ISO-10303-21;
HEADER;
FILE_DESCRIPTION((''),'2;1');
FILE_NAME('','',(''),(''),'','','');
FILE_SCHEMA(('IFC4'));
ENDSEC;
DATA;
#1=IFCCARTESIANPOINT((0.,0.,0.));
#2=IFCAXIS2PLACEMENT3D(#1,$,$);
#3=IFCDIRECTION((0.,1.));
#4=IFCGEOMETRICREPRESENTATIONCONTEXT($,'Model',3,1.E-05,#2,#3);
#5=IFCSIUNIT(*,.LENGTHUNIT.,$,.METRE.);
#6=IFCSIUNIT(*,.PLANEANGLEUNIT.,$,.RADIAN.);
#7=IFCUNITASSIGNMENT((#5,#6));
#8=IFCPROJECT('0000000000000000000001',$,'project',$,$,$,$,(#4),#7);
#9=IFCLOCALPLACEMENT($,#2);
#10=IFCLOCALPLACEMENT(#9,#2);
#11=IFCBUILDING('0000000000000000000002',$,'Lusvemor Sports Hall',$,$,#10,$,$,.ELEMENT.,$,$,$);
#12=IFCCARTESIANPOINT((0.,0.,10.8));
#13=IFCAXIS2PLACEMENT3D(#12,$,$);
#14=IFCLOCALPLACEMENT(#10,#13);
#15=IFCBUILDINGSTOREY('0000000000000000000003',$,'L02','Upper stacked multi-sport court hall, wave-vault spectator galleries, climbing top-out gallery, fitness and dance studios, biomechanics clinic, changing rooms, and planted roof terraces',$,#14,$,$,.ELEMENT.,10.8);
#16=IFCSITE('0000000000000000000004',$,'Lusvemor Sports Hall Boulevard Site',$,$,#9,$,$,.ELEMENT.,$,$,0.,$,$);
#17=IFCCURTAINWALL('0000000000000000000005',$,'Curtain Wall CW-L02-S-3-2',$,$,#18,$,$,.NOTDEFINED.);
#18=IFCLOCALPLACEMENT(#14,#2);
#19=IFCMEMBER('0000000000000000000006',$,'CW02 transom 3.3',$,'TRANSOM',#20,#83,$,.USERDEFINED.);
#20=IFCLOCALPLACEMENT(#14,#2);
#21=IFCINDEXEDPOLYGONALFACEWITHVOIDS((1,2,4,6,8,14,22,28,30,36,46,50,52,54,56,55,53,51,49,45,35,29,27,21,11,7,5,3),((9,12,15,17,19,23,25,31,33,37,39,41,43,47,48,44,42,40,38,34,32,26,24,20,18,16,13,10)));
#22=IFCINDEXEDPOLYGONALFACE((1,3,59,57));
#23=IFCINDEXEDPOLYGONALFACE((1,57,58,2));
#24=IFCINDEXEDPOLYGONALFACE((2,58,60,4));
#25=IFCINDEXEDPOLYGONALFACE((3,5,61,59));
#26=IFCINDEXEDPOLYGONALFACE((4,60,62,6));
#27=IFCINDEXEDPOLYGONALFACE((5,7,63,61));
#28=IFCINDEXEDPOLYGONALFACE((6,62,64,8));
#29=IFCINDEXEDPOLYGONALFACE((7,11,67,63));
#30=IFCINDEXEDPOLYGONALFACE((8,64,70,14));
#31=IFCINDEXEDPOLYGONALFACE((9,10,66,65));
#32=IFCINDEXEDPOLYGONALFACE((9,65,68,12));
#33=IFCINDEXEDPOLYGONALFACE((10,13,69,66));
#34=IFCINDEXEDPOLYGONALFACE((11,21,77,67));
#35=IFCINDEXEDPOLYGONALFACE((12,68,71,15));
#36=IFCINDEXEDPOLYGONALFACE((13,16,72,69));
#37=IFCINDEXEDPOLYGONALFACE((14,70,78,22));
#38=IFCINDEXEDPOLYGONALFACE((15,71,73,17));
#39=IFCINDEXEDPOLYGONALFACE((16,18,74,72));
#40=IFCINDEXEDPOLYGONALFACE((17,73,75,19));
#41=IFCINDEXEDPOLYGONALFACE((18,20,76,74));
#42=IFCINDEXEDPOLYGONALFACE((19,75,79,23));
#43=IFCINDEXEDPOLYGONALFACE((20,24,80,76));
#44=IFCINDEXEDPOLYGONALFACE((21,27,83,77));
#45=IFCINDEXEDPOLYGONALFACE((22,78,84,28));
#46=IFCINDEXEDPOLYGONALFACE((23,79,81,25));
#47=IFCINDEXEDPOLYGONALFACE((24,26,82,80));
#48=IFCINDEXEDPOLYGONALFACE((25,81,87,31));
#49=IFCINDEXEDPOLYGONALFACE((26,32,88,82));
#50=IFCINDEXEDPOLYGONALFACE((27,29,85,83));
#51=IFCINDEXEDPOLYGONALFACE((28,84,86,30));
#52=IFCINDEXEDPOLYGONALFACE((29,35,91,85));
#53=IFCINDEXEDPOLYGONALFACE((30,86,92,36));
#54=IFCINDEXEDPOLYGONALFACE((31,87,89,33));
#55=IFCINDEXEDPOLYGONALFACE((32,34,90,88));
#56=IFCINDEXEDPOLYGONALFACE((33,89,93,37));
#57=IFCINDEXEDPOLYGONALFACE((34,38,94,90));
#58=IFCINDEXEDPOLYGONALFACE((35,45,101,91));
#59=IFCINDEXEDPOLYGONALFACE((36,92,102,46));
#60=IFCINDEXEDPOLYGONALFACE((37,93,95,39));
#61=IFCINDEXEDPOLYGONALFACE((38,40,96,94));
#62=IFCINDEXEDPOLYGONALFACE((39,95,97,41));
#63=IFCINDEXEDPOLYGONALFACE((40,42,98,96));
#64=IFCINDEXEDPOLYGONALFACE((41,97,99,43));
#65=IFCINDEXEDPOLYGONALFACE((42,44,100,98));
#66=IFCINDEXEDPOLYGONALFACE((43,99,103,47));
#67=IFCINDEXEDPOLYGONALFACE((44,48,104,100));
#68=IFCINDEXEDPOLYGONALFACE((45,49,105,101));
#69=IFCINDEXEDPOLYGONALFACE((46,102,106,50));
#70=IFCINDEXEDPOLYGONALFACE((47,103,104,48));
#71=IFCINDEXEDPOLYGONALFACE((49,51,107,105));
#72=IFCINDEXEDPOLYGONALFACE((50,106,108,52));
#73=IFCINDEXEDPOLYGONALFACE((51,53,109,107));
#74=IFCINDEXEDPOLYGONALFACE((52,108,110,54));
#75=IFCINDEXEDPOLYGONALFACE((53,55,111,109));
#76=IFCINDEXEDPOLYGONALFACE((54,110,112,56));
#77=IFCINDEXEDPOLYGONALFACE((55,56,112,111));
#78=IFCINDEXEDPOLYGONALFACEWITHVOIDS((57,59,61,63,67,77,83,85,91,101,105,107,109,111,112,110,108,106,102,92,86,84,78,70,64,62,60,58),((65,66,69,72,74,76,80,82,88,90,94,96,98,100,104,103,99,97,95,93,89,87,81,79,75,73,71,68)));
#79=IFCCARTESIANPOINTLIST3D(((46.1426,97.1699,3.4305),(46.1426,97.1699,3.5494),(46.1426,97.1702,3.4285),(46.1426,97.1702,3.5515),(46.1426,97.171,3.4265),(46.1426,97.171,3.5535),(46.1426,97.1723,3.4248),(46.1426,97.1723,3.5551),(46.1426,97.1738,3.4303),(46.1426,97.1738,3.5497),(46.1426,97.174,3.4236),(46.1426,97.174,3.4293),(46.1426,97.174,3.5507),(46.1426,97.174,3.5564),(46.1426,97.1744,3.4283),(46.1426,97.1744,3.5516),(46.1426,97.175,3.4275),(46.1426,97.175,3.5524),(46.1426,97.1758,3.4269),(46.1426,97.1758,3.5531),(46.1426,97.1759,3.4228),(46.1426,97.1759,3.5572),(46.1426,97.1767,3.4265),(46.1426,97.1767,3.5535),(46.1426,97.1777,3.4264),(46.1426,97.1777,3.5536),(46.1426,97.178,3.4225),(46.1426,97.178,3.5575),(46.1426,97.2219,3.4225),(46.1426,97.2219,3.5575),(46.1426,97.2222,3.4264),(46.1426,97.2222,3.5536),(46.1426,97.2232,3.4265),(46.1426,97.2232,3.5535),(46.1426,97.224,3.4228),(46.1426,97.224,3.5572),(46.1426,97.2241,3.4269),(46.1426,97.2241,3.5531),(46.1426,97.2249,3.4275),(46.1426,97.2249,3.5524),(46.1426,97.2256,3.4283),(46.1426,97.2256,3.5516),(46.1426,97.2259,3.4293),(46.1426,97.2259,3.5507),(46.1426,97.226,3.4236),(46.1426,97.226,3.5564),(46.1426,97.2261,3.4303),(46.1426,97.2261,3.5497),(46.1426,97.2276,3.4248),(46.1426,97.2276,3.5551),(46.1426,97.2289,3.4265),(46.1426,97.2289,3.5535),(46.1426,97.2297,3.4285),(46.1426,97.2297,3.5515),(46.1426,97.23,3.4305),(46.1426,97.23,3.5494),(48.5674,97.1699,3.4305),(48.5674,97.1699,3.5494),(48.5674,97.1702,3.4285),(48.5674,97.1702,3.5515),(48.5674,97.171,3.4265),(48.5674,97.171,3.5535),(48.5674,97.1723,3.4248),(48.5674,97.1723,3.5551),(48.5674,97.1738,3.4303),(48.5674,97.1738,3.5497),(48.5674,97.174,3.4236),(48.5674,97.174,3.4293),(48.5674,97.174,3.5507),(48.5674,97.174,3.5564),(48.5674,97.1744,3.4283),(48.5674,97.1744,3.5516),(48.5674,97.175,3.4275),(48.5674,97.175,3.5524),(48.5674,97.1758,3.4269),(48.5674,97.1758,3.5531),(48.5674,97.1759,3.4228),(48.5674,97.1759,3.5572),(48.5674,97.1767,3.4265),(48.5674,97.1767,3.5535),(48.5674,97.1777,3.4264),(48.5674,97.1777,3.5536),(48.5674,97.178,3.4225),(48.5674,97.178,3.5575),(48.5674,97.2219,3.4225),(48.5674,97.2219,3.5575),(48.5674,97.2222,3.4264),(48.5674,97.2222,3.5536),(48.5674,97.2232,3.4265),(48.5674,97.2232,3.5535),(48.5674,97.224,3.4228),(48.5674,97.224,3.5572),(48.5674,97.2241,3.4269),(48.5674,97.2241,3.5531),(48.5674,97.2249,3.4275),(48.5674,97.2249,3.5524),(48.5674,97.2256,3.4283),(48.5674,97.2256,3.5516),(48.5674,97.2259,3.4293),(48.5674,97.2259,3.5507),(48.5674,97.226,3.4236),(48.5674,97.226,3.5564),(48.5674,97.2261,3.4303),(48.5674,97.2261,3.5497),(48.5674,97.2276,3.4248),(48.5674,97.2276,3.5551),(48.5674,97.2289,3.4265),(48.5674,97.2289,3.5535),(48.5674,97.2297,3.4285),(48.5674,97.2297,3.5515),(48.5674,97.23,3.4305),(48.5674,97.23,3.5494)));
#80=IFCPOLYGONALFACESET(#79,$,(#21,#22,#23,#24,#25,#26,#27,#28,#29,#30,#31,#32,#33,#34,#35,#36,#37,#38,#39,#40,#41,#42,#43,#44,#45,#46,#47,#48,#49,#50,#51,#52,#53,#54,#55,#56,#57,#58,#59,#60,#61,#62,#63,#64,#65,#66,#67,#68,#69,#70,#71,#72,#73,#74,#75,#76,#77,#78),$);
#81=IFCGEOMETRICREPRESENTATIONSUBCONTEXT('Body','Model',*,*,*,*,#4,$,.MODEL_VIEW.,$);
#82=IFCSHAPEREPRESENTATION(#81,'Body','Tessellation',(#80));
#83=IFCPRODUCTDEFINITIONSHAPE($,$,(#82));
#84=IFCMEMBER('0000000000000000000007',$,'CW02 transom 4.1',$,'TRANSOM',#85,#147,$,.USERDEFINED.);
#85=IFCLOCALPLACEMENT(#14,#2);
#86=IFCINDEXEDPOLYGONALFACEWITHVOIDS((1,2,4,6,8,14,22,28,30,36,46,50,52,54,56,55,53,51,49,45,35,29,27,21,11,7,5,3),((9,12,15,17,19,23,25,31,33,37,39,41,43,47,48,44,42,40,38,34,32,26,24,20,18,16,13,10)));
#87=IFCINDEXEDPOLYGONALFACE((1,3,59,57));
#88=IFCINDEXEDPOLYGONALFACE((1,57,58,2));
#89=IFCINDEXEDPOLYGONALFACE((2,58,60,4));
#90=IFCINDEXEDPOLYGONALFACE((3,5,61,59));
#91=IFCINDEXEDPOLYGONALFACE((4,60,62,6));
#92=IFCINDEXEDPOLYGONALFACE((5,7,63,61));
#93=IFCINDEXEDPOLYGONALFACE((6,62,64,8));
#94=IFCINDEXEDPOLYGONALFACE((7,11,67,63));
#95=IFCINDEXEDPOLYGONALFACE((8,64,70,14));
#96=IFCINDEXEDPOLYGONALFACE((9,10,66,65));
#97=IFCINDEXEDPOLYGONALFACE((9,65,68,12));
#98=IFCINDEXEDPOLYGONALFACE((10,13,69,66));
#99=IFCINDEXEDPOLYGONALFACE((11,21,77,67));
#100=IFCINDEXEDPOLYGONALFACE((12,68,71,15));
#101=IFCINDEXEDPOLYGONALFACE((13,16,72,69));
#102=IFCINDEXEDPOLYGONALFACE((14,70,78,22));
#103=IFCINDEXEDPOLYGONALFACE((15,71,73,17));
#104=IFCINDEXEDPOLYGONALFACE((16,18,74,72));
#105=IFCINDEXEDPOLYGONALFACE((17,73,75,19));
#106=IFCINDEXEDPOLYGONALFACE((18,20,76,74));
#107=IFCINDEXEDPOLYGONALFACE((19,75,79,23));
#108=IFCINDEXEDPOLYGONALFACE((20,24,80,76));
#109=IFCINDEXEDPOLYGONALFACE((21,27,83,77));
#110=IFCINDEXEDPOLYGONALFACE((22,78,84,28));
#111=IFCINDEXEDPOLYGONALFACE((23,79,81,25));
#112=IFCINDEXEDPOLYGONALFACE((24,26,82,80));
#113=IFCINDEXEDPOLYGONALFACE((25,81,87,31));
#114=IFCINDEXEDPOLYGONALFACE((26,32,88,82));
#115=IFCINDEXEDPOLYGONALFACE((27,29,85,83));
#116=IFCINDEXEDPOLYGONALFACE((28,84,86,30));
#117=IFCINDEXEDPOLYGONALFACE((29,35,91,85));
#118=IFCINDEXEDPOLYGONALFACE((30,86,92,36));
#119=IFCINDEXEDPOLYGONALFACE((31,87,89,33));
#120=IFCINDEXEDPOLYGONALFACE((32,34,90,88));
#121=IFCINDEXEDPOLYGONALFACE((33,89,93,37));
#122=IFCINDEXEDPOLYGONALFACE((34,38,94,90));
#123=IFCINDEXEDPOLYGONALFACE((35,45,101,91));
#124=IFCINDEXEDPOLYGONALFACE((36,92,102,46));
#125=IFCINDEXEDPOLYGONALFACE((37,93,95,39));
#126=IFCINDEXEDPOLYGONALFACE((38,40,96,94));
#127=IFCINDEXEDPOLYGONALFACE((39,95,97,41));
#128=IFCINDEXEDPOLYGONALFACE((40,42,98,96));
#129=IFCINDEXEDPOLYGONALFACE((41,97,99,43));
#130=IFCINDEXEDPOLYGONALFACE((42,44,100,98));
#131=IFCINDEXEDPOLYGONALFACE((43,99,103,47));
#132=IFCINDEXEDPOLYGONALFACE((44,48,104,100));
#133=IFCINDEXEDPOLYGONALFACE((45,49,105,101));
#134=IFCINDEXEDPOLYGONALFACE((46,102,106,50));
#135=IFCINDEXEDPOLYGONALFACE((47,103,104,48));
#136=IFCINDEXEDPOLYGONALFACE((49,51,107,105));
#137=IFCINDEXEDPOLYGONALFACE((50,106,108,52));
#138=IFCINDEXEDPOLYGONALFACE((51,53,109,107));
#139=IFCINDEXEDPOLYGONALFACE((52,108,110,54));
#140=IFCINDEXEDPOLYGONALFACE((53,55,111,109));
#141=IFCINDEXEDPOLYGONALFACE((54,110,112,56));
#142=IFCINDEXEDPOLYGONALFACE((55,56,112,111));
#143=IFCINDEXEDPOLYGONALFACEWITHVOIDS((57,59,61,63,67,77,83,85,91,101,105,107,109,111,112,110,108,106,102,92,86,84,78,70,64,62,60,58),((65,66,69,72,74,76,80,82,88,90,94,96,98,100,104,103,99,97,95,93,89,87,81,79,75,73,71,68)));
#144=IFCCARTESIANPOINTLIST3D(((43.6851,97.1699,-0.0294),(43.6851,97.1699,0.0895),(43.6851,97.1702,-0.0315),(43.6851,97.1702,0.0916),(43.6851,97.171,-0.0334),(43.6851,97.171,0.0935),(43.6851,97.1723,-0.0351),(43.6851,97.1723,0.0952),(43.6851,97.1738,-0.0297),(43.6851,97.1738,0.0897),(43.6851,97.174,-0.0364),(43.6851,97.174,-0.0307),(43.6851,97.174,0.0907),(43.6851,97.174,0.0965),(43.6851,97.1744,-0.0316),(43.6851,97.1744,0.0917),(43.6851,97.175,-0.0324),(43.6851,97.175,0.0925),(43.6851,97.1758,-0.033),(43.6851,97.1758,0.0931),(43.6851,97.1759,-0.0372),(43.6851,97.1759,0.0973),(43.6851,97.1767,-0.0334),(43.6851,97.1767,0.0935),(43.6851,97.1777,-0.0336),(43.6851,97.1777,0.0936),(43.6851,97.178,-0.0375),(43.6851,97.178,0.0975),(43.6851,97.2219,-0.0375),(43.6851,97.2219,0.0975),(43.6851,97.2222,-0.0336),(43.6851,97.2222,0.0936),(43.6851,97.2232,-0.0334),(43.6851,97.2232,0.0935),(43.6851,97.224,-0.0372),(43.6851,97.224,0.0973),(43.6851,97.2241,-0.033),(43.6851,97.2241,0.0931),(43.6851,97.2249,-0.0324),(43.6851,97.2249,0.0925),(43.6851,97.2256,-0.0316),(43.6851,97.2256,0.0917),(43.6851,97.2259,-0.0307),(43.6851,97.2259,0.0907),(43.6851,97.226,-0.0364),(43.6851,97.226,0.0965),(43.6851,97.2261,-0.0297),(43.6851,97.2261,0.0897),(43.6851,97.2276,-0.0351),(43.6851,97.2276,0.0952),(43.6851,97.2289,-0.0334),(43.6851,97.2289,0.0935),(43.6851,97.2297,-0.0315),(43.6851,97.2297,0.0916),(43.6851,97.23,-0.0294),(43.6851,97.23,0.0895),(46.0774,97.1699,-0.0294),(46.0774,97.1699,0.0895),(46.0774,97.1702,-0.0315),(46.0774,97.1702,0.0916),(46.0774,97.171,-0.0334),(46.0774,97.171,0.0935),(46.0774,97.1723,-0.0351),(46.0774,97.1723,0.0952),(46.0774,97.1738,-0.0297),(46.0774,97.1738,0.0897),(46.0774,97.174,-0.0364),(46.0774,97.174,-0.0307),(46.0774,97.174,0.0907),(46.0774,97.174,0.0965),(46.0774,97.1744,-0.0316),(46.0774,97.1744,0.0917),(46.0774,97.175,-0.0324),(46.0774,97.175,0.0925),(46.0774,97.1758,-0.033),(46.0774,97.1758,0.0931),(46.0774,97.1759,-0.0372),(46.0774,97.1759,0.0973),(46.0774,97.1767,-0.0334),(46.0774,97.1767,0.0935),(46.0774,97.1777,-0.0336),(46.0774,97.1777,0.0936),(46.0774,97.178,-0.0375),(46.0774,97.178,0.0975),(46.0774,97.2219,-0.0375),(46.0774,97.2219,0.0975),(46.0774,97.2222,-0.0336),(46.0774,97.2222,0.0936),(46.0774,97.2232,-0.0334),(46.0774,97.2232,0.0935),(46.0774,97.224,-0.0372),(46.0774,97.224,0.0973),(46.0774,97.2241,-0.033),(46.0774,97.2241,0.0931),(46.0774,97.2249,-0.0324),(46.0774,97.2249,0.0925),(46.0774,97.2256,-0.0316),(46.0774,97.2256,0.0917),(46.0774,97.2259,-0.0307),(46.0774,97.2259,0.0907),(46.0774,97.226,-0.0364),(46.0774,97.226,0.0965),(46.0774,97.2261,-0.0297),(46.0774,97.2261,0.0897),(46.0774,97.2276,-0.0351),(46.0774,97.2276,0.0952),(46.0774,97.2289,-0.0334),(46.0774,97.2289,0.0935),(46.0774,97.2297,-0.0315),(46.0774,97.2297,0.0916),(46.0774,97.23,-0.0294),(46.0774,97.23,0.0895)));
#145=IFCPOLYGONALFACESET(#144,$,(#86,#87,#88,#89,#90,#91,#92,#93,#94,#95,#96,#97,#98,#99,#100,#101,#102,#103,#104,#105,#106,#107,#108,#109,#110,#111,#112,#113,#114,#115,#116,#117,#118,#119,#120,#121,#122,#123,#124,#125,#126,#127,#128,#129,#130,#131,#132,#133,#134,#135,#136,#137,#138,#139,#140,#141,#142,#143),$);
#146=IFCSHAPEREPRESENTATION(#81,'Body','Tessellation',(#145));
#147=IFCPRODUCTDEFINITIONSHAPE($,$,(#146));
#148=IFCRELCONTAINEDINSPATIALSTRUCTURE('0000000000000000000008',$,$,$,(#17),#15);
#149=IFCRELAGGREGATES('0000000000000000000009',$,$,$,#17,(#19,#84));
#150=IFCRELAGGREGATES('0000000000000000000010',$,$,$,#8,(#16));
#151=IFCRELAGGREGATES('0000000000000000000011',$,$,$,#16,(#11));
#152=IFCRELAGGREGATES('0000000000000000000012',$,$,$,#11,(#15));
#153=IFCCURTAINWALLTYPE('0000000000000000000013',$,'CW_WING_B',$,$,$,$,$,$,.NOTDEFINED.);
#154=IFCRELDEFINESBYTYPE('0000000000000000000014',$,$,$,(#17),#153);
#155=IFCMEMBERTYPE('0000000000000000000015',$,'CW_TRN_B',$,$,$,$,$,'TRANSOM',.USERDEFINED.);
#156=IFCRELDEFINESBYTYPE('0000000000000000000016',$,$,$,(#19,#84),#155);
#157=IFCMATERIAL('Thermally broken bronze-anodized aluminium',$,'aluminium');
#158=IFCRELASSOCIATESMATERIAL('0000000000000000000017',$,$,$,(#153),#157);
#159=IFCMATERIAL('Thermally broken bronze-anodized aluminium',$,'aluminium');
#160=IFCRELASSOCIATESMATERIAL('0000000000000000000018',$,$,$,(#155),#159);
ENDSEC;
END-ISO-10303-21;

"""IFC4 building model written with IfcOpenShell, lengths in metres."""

from ifc_helpers import new_model, si_unit, direction, frame, origin, origin_2d, place, context, subcontext, project, spatial, hollow_rectangle, extrude, material, material_profile, profile_set, type_object, element, aggregate, save


model = new_model("IFC4")

# Units and contexts
model_context = context("Model", 3, precision=1e-05, world=origin(), true_north=direction((0.0, 1.0)))
body_context = subcontext(model_context, "Body", "Model", "MODEL_VIEW")
ifc_project = project(units=[si_unit("LENGTHUNIT", "METRE"), si_unit("PLANEANGLEUNIT", "RADIAN")], contexts=[model_context])

# Site, building, storey
site_placement = place(None, origin())
site = spatial("IfcSite", under=ifc_project, at=site_placement, Name="Lusvemor Sports Hall Boulevard Site", CompositionType="ELEMENT", RefElevation=0.0)
building_placement = place(site_placement, origin())
building = spatial("IfcBuilding", under=site, at=building_placement, Name="Lusvemor Sports Hall", CompositionType="ELEMENT")
storey_placement = place(building_placement, frame((0.0, 0.0, 10.8)))
storey = spatial("IfcBuildingStorey", under=building, at=storey_placement, Name="L02", Description="Upper stacked multi-sport court hall, wave-vault spectator galleries, climbing top-out gallery, fitness and dance studios, biomechanics clinic, changing rooms, and planted roof terraces", CompositionType="ELEMENT", Elevation=10.8)

# Curtain wall, members
ifc_material_1 = material(Name="Thermally broken bronze-anodized aluminium", Category="aluminium")
curtain_wall_type = type_object("IfcCurtainWallType", Name="CW_WING_B", PredefinedType="NOTDEFINED", material=ifc_material_1)
curtain_wall_placement = place(storey_placement, origin())
curtain_wall = element("IfcCurtainWall", 1, at=curtain_wall_placement, inside=storey, type_object=curtain_wall_type, Name="Curtain Wall CW-L02-S-3-2", PredefinedType="NOTDEFINED")
ifc_material_2 = material(Name="Thermally broken bronze-anodized aluminium", Category="aluminium")
ifc_material_profile_1 = material_profile(ifc_material_2, hollow_rectangle(XDim=0.0601, YDim=0.135, WallThickness=0.0039, InnerFilletRadius=0.0039, OuterFilletRadius=0.0081, at=origin_2d()), Name="CWTRN135x60x4")
ifc_profile_set_1 = profile_set([ifc_material_profile_1], Name="Thermally broken bronze-anodized aluminium")
member_type_1 = type_object("IfcMemberType", Name="CW_TRN_B", ElementType="TRANSOM", PredefinedType="USERDEFINED", material=ifc_profile_set_1)
member_1_placement = place(storey_placement, frame((48.5674, 97.2, 3.49), z_axis=(-1.0, 0.0, 0.0), x_axis=(0.0, -1.0, 0.0)))
member_1 = element("IfcMember", 2, at=member_1_placement, type_object=member_type_1, Name="CW02 transom 3.3", ObjectType="TRANSOM", PredefinedType="USERDEFINED", context=body_context, shape_type="SweptSolid", body=[
    extrude(hollow_rectangle(XDim=0.0601, YDim=0.135, WallThickness=0.0039, InnerFilletRadius=0.0039, OuterFilletRadius=0.0081, at=origin_2d()), origin(), (0.0, 0.0, 1.0), 2.4248),
])
member_2_placement = place(storey_placement, frame((46.0774, 97.2, 0.03), z_axis=(-1.0, 0.0, 0.0), x_axis=(0.0, -1.0, 0.0)))
member_2 = element("IfcMember", 3, at=member_2_placement, type_object=member_type_1, Name="CW02 transom 4.1", ObjectType="TRANSOM", PredefinedType="USERDEFINED", context=body_context, shape_type="SweptSolid", body=[
    extrude(hollow_rectangle(XDim=0.0601, YDim=0.135, WallThickness=0.0039, InnerFilletRadius=0.0039, OuterFilletRadius=0.0081, at=origin_2d()), origin(), (0.0, 0.0, 1.0), 2.3923),
])

aggregate(curtain_wall, [member_1, member_2])

save(model, "model.ifc")
